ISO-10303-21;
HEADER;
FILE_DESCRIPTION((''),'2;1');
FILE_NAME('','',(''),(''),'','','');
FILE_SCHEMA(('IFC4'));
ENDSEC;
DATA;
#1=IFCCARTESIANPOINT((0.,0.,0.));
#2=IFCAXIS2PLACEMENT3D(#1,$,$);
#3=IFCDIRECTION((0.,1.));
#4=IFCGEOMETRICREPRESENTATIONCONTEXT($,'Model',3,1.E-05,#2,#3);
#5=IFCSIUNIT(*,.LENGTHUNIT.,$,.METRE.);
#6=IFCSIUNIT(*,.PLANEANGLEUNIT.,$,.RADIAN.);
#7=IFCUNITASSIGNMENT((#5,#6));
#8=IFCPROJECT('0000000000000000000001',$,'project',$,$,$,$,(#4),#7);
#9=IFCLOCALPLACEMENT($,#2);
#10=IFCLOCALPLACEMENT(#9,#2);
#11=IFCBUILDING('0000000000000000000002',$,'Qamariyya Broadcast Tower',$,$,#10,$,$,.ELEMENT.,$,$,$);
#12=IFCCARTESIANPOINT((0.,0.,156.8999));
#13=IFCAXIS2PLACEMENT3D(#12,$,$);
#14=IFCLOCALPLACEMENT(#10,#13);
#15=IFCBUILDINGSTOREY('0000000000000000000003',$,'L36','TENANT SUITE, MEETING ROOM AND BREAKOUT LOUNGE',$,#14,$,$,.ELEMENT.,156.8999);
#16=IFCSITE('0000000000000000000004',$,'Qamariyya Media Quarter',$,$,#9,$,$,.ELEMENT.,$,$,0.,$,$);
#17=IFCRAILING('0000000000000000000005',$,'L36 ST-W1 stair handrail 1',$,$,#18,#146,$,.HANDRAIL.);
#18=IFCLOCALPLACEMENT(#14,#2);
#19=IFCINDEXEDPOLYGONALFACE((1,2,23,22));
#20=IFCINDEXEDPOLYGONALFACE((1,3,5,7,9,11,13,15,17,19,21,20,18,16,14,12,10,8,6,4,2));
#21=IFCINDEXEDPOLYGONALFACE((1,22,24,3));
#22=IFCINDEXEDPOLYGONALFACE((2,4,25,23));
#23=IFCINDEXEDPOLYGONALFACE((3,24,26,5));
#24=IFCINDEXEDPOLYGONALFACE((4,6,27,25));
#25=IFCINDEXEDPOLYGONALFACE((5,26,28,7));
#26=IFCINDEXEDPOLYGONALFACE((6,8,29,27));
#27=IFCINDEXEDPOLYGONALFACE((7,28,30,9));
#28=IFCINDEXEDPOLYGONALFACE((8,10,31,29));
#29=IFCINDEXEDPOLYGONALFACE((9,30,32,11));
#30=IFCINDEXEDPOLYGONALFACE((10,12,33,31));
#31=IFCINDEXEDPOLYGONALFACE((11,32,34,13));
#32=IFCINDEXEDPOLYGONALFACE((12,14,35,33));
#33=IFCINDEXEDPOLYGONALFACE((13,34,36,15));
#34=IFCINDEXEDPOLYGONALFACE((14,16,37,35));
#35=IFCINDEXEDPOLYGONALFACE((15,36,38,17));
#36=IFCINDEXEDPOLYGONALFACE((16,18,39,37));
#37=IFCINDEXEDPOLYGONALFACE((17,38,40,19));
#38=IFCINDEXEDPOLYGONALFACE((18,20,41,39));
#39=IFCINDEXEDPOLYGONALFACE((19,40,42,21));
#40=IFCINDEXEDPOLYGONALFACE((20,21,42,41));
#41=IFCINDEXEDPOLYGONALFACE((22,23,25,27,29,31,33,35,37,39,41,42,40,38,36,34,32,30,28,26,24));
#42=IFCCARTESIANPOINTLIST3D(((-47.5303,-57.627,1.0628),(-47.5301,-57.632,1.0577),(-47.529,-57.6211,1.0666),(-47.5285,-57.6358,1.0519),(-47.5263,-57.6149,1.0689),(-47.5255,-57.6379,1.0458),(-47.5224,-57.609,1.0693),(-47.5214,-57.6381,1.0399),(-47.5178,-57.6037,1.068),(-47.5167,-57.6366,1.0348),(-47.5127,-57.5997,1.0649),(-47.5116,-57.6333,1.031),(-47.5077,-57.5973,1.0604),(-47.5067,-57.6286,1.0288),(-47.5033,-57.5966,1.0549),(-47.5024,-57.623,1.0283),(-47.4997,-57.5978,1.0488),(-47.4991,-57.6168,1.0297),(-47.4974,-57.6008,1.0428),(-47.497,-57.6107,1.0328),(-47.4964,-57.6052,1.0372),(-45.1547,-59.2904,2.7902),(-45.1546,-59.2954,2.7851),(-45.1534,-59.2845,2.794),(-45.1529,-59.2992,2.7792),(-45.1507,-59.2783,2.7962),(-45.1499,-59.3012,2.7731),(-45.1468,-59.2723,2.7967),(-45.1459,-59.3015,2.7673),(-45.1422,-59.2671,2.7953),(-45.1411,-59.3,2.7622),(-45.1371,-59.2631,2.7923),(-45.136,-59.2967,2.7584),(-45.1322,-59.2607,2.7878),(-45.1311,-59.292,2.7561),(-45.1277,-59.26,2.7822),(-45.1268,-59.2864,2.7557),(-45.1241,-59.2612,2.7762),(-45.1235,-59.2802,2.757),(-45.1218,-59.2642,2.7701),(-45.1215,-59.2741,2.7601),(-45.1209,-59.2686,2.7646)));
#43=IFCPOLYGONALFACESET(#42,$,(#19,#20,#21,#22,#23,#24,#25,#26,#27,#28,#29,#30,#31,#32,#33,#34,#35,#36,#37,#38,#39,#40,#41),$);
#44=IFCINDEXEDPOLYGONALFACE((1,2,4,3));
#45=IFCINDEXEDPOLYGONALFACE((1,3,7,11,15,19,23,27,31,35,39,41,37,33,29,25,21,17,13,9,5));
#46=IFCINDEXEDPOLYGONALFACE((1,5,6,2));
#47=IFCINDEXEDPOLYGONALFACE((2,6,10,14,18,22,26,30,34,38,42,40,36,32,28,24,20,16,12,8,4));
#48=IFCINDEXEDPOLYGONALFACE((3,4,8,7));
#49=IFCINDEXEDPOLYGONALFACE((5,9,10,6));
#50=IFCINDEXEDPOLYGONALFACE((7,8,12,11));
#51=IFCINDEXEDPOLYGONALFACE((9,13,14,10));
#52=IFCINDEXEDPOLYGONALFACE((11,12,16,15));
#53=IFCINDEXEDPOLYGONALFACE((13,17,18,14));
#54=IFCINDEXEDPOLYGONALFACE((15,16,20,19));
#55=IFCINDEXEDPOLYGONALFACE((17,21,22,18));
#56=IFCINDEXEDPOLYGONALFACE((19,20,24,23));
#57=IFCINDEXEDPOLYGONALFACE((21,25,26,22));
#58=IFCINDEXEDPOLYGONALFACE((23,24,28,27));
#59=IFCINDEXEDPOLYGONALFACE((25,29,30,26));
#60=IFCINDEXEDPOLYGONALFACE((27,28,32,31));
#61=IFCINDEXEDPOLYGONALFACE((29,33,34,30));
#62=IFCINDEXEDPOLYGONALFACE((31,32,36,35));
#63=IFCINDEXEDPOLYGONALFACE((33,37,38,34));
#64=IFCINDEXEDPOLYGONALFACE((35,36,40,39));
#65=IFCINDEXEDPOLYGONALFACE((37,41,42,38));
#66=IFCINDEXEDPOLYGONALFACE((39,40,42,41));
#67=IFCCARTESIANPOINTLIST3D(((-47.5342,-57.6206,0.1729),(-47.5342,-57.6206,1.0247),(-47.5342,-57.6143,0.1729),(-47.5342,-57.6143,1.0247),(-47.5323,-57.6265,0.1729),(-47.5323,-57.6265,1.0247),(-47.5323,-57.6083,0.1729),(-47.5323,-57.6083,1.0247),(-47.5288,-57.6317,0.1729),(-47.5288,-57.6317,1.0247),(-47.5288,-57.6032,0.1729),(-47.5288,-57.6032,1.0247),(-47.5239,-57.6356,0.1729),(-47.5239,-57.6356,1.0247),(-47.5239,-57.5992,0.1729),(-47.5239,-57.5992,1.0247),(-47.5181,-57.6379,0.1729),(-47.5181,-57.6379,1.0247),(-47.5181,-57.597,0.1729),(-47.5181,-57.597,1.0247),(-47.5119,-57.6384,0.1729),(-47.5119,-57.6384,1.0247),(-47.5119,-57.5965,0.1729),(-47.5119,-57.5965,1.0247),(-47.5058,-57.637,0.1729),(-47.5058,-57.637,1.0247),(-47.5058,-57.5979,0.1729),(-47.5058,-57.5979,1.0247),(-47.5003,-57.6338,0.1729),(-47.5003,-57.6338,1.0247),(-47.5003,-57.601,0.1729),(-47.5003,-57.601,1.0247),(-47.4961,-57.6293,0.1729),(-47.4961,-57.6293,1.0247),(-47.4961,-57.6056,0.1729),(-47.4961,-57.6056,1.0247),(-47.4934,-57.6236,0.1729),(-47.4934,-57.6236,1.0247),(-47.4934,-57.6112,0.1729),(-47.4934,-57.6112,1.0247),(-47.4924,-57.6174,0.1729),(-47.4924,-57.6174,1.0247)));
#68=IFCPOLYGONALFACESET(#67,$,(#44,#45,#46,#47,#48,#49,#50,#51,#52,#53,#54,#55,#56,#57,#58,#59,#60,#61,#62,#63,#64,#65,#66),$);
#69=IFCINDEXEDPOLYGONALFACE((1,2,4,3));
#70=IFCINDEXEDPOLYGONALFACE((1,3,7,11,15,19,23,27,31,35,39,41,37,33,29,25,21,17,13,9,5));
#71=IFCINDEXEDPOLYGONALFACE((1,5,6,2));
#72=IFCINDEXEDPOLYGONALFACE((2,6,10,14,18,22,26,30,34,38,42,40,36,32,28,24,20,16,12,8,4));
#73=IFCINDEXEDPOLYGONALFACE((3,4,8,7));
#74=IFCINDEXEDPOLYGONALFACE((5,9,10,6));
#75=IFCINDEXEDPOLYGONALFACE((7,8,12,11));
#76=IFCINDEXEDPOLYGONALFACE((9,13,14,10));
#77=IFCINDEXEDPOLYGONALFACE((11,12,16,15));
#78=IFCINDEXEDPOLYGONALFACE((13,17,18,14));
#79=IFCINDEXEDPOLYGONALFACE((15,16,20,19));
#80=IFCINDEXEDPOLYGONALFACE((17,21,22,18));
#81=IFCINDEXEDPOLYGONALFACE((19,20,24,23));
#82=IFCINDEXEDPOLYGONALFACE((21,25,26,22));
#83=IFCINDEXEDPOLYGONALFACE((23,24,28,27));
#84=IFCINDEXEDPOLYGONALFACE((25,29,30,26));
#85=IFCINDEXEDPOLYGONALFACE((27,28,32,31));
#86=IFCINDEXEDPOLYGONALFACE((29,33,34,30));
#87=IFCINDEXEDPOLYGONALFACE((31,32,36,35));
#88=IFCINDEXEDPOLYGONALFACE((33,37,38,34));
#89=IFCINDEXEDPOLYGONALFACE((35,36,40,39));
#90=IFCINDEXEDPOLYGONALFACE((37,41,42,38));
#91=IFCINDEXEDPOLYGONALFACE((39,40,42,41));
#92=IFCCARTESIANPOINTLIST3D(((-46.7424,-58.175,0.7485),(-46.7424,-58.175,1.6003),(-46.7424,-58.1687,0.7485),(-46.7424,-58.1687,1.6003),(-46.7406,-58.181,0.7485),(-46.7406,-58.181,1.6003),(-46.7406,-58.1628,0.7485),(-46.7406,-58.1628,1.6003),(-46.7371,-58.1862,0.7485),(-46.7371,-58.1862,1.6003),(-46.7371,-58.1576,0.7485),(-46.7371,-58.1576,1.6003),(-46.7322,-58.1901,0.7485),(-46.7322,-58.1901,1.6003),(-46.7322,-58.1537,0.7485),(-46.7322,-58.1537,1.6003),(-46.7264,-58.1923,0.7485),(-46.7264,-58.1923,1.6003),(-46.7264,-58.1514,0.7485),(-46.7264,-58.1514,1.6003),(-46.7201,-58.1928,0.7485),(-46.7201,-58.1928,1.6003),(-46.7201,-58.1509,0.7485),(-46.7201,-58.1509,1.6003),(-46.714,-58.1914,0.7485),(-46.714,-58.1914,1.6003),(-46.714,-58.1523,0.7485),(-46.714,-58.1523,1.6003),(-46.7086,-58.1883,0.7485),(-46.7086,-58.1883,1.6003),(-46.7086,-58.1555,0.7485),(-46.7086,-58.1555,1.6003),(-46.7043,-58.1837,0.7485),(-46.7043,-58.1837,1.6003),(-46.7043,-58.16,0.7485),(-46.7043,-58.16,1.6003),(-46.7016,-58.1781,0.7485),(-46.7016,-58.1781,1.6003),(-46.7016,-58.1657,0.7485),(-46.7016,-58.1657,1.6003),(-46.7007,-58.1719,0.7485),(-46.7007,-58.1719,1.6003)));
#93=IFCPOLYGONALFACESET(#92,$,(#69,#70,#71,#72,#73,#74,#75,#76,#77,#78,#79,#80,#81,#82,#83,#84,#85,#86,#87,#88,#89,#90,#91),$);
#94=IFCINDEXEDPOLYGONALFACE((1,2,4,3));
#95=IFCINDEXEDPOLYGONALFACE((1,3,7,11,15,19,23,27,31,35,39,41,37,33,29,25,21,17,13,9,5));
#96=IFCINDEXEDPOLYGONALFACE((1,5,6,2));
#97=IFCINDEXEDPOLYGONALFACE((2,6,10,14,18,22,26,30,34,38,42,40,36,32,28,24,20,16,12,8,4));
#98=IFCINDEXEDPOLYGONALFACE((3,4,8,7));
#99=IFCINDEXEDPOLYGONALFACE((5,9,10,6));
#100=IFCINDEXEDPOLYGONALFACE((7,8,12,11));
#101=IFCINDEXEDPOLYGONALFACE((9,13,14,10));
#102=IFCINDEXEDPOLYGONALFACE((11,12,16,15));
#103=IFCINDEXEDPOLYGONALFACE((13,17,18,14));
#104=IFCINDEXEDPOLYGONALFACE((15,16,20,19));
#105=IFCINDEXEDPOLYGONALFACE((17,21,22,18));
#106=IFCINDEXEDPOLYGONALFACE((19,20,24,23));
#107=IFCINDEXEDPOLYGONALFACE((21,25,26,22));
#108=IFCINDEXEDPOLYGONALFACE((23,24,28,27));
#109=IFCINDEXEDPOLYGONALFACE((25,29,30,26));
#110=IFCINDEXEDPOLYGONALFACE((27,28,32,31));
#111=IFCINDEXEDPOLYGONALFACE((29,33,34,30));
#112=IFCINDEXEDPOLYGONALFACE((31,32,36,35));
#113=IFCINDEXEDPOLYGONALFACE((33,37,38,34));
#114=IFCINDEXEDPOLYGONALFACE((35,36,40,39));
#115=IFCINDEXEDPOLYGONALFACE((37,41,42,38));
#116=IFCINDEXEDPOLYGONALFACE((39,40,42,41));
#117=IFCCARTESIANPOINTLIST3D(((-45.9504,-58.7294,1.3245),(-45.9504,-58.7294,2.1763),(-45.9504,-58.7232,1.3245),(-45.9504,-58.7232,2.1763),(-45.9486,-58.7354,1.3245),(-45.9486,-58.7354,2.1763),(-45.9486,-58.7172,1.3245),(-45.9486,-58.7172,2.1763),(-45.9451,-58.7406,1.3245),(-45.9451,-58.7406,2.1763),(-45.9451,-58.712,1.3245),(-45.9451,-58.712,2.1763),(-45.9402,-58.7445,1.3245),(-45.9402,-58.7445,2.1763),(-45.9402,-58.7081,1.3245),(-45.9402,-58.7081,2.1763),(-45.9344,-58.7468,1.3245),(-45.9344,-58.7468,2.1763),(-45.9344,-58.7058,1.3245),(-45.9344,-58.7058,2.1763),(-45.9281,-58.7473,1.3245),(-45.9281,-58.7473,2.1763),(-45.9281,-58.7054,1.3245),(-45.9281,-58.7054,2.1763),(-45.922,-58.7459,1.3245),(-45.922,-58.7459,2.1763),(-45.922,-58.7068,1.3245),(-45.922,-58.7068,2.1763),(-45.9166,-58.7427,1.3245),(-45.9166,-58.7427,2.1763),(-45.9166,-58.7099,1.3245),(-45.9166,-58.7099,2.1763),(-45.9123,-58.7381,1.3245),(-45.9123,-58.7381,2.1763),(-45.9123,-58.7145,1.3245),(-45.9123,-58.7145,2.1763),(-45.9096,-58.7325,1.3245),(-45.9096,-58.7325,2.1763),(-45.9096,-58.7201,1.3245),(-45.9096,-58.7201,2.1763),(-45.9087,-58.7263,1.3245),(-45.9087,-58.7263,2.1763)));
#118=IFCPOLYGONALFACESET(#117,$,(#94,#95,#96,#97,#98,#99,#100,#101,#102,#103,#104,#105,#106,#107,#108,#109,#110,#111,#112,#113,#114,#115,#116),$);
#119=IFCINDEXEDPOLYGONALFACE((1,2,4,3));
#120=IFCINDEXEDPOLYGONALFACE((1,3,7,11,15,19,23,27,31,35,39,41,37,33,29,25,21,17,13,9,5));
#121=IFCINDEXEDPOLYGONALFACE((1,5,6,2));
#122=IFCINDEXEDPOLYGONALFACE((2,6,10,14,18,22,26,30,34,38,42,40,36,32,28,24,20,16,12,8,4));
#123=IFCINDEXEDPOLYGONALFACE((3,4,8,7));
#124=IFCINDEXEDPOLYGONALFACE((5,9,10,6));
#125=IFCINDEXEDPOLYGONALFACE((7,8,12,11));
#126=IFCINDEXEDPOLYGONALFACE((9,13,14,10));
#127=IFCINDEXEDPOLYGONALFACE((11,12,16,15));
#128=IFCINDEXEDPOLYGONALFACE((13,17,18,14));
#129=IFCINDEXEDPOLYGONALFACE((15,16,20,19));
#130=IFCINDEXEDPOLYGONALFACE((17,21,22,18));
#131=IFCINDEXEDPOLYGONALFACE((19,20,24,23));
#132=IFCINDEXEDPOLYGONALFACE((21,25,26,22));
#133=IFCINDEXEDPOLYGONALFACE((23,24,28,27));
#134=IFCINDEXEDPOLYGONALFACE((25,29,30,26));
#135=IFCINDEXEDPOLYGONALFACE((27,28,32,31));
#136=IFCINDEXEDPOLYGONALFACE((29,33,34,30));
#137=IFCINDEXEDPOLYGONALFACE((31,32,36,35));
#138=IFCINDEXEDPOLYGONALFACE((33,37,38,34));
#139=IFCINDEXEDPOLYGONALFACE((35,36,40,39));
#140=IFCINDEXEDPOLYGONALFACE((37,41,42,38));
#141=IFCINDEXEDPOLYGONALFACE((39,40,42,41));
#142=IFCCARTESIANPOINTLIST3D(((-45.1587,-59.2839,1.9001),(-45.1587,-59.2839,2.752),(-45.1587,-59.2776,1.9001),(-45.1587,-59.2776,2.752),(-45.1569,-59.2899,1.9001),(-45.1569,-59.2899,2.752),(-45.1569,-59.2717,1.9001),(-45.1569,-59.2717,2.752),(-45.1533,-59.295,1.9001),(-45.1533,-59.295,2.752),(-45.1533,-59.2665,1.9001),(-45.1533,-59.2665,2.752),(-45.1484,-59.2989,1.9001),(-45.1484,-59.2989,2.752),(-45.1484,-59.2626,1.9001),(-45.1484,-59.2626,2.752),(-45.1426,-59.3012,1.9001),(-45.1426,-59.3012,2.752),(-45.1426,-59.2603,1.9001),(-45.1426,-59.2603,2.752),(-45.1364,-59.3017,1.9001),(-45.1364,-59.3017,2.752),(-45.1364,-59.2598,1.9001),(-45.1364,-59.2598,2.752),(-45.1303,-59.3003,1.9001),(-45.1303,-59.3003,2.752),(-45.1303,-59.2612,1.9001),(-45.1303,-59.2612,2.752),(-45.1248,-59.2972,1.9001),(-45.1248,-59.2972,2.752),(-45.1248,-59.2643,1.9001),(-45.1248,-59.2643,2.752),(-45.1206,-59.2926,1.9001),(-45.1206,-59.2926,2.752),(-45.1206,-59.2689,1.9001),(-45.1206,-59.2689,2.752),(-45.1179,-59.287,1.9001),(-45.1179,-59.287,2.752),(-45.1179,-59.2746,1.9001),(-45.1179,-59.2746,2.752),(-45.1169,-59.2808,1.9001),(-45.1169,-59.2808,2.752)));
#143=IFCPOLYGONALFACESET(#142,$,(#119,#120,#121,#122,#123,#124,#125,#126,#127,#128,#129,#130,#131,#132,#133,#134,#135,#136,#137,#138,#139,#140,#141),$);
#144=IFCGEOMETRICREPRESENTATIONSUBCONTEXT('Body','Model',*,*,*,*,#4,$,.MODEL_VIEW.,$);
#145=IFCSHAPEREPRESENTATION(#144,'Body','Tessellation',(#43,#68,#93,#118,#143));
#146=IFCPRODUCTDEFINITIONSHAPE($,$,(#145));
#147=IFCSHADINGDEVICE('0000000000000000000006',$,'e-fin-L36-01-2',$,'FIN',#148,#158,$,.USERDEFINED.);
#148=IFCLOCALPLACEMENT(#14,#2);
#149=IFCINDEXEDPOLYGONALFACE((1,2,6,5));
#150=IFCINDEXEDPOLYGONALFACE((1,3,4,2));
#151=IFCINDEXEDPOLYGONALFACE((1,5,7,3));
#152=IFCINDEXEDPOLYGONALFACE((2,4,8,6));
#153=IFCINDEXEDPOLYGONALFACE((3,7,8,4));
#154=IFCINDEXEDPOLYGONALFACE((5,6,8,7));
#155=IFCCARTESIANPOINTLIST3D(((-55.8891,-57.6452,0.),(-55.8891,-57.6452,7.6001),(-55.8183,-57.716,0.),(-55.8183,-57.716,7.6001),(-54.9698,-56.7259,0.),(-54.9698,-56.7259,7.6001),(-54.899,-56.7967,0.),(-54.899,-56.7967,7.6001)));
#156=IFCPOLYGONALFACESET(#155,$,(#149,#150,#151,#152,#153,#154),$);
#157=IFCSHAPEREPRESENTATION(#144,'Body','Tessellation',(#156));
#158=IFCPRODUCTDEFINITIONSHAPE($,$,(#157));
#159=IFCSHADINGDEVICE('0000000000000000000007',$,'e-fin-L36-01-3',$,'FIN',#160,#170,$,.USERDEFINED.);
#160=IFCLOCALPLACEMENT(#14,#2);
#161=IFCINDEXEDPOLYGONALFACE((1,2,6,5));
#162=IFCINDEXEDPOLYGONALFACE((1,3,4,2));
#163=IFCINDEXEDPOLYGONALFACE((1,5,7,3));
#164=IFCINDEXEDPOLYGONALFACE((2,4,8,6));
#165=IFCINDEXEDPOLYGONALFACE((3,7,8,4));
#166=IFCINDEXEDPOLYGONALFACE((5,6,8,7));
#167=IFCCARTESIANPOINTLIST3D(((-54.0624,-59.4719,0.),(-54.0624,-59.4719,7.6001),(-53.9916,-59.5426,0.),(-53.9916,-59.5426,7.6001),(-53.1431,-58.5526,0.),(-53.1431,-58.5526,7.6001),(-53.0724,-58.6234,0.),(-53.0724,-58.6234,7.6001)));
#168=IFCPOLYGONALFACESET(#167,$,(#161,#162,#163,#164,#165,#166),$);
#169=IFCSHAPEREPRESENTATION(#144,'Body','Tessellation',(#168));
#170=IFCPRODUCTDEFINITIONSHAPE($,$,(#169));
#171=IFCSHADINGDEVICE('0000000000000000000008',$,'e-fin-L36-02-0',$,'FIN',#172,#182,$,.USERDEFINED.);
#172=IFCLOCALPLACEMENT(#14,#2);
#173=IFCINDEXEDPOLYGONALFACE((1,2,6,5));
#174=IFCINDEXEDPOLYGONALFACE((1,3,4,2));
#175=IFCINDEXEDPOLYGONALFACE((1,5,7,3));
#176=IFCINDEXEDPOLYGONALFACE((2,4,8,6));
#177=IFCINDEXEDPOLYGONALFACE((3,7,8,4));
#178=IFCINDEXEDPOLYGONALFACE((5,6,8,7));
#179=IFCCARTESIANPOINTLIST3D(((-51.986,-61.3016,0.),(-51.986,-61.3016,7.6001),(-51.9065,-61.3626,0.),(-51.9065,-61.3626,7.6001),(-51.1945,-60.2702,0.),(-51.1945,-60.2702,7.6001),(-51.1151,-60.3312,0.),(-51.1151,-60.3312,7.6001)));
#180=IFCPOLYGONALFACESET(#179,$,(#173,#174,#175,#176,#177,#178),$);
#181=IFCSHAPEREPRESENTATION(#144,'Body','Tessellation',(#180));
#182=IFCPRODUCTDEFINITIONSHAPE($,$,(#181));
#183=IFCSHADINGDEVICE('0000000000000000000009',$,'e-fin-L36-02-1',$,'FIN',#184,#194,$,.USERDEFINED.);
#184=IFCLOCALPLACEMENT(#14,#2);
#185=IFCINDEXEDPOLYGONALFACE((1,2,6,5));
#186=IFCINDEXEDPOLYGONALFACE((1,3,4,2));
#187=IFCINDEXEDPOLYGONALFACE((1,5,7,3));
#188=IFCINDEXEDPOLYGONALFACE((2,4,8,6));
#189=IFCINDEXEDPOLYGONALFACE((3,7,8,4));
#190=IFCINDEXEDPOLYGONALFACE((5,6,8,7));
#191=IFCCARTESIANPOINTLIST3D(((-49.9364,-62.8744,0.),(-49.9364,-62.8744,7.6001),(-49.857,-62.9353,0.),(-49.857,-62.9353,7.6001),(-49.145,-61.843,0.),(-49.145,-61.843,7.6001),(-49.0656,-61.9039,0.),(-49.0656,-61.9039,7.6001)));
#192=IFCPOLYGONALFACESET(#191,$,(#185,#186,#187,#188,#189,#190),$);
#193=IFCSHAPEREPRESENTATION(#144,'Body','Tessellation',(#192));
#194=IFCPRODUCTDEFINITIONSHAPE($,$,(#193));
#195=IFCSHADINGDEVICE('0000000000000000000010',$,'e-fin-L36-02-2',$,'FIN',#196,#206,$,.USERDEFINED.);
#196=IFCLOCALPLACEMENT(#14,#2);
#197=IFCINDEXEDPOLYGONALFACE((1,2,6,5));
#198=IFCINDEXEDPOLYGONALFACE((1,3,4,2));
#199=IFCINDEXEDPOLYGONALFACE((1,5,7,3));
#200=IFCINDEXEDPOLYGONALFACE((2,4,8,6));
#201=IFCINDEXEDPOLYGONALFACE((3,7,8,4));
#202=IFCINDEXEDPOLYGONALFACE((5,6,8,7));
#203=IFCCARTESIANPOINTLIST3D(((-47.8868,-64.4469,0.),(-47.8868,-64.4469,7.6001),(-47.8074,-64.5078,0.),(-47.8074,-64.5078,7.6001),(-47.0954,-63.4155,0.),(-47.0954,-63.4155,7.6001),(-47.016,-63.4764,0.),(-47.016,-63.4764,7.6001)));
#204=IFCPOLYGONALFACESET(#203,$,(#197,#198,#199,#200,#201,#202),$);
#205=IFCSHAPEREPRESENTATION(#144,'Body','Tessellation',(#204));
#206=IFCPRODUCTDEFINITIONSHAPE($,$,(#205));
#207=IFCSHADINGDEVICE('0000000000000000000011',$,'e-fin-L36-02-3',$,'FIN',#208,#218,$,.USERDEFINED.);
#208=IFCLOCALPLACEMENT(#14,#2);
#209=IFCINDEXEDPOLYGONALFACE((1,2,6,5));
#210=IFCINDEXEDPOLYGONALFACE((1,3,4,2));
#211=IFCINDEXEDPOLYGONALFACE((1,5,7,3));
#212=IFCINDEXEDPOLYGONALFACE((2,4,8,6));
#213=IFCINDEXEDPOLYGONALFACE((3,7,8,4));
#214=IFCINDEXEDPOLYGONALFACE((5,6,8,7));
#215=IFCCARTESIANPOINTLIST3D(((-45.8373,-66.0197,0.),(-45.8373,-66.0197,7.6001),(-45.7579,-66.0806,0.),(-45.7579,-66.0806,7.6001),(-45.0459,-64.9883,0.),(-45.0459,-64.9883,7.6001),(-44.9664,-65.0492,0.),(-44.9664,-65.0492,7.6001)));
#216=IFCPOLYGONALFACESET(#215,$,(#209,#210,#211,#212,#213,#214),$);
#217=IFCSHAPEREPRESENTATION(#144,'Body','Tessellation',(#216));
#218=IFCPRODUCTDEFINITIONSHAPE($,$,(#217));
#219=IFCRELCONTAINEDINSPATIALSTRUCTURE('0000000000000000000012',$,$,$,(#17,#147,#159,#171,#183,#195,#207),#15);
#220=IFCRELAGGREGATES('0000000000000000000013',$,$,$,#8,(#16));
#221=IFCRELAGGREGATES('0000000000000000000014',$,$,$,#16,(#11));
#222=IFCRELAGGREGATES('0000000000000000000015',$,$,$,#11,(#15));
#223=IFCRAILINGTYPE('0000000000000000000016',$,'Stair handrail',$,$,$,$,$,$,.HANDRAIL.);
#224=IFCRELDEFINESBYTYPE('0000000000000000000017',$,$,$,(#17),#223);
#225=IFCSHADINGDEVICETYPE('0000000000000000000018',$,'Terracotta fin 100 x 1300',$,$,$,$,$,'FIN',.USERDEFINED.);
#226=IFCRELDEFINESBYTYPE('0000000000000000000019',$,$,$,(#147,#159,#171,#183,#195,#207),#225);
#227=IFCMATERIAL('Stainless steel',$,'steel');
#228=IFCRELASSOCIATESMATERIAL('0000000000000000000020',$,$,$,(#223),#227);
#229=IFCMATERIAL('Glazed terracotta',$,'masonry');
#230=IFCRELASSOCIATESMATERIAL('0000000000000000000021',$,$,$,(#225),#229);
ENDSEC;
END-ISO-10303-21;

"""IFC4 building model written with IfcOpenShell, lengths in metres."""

from ifc_helpers import new_model, si_unit, direction, frame, origin, origin_2d, place, context, subcontext, project, spatial, rectangle, circle, extrude, material, material_profile, profile_set, type_object, element, save


model = new_model("IFC4")

# Units and contexts
model_context = context("Model", 3, precision=1e-05, world=origin(), true_north=direction((0.0, 1.0)))
body_context = subcontext(model_context, "Body", "Model", "MODEL_VIEW")
ifc_project = project(units=[si_unit("LENGTHUNIT", "METRE"), si_unit("PLANEANGLEUNIT", "RADIAN")], contexts=[model_context])

# Site, building, storey
site_placement = place(None, origin())
site = spatial("IfcSite", under=ifc_project, at=site_placement, Name="Qamariyya Media Quarter", CompositionType="ELEMENT", RefElevation=0.0)
building_placement = place(site_placement, origin())
building = spatial("IfcBuilding", under=site, at=building_placement, Name="Qamariyya Broadcast Tower", CompositionType="ELEMENT")
storey_placement = place(building_placement, frame((0.0, 0.0, 156.8999)))
storey = spatial("IfcBuildingStorey", under=building, at=storey_placement, Name="L36", Description="TENANT SUITE, MEETING ROOM AND BREAKOUT LOUNGE", CompositionType="ELEMENT", Elevation=156.8999)

# Railing
ifc_material_1 = material(Name="Stainless steel", Category="steel")
railing_type_1 = type_object("IfcRailingType", Name="Stair handrail", PredefinedType="HANDRAIL", material=ifc_material_1)
railing_1_placement = place(storey_placement, frame((-47.5134, -57.6174, 0.1729)))
element("IfcRailing", 1, at=railing_1_placement, inside=storey, type_object=railing_type_1, Name="L36 ST-W1 stair handrail 1", PredefinedType="HANDRAIL", context=body_context, shape_type="SweptSolid", body=[
    extrude(circle(Radius=0.0239, at=origin_2d()), frame((0.0, 0.0, 0.876), z_axis=(0.70377, -0.492784, 0.511734), x_axis=(0.573575, 0.819153, 0.0)), (0.0, 0.0, 1.0), 3.3755),
    extrude(circle(Radius=0.021, at=origin_2d()), origin(), (0.0, 0.0, 1.0), 0.8518),
    extrude(circle(Radius=0.021, at=origin_2d()), frame((0.7917, -0.5544, 0.5757)), (0.0, 0.0, 1.0), 0.8518),
    extrude(circle(Radius=0.021, at=origin_2d()), frame((1.5837, -1.1089, 1.1516)), (0.0, 0.0, 1.0), 0.8518),
    extrude(circle(Radius=0.021, at=origin_2d()), frame((2.3755, -1.6633, 1.7273)), (0.0, 0.0, 1.0), 0.8518),
])

# Shading devices
ifc_material_2 = material(Name="Glazed terracotta", Category="masonry")
ifc_material_profile_1 = material_profile(ifc_material_2, rectangle(XDim=1.3, YDim=0.1001, at=origin_2d()))
ifc_profile_set_1 = profile_set([ifc_material_profile_1], Name="Glazed terracotta")
shading_device_type_1 = type_object("IfcShadingDeviceType", Name="Terracotta fin 100 x 1300", ElementType="FIN", PredefinedType="USERDEFINED", material=ifc_profile_set_1)
for number, where, z_axis, x_axis, name in (
    (2, (-55.394, -57.2209, 0.0), (0.0, 0.0, 1.0), (-0.707107, -0.707107, 0.0), "e-fin-L36-01-2"),
    (3, (-53.5674, -59.0476, 0.0), (0.0, 0.0, 1.0), (-0.707107, -0.707107, 0.0), "e-fin-L36-01-3"),
    (4, (-51.5505, -60.8164, 0.0), (0.0, 0.0, 1.0), (-0.608761, -0.793353, 0.0), "e-fin-L36-02-0"),
    (5, (-49.501, -62.3892, 0.0), (0.0, 0.0, 1.0), (-0.608761, -0.793353, 0.0), "e-fin-L36-02-1"),
    (6, (-47.4514, -63.9617, 0.0), (0.0, 0.0, 1.0), (-0.608761, -0.793353, 0.0), "e-fin-L36-02-2"),
    (7, (-45.4019, -65.5344, 0.0), (0.0, 0.0, 1.0), (-0.608761, -0.793353, 0.0), "e-fin-L36-02-3"),
):
    element("IfcShadingDevice", number, at=place(storey_placement, frame(where, z_axis=z_axis, x_axis=x_axis)), inside=storey, type_object=shading_device_type_1, Name=name, ObjectType="FIN", PredefinedType="USERDEFINED", context=body_context, shape_type="SweptSolid", body=[
        extrude(rectangle(XDim=1.3, YDim=0.1001, at=origin_2d()), origin(), (0.0, 0.0, 1.0), 7.6001),
    ])

save(model, "model.ifc")
